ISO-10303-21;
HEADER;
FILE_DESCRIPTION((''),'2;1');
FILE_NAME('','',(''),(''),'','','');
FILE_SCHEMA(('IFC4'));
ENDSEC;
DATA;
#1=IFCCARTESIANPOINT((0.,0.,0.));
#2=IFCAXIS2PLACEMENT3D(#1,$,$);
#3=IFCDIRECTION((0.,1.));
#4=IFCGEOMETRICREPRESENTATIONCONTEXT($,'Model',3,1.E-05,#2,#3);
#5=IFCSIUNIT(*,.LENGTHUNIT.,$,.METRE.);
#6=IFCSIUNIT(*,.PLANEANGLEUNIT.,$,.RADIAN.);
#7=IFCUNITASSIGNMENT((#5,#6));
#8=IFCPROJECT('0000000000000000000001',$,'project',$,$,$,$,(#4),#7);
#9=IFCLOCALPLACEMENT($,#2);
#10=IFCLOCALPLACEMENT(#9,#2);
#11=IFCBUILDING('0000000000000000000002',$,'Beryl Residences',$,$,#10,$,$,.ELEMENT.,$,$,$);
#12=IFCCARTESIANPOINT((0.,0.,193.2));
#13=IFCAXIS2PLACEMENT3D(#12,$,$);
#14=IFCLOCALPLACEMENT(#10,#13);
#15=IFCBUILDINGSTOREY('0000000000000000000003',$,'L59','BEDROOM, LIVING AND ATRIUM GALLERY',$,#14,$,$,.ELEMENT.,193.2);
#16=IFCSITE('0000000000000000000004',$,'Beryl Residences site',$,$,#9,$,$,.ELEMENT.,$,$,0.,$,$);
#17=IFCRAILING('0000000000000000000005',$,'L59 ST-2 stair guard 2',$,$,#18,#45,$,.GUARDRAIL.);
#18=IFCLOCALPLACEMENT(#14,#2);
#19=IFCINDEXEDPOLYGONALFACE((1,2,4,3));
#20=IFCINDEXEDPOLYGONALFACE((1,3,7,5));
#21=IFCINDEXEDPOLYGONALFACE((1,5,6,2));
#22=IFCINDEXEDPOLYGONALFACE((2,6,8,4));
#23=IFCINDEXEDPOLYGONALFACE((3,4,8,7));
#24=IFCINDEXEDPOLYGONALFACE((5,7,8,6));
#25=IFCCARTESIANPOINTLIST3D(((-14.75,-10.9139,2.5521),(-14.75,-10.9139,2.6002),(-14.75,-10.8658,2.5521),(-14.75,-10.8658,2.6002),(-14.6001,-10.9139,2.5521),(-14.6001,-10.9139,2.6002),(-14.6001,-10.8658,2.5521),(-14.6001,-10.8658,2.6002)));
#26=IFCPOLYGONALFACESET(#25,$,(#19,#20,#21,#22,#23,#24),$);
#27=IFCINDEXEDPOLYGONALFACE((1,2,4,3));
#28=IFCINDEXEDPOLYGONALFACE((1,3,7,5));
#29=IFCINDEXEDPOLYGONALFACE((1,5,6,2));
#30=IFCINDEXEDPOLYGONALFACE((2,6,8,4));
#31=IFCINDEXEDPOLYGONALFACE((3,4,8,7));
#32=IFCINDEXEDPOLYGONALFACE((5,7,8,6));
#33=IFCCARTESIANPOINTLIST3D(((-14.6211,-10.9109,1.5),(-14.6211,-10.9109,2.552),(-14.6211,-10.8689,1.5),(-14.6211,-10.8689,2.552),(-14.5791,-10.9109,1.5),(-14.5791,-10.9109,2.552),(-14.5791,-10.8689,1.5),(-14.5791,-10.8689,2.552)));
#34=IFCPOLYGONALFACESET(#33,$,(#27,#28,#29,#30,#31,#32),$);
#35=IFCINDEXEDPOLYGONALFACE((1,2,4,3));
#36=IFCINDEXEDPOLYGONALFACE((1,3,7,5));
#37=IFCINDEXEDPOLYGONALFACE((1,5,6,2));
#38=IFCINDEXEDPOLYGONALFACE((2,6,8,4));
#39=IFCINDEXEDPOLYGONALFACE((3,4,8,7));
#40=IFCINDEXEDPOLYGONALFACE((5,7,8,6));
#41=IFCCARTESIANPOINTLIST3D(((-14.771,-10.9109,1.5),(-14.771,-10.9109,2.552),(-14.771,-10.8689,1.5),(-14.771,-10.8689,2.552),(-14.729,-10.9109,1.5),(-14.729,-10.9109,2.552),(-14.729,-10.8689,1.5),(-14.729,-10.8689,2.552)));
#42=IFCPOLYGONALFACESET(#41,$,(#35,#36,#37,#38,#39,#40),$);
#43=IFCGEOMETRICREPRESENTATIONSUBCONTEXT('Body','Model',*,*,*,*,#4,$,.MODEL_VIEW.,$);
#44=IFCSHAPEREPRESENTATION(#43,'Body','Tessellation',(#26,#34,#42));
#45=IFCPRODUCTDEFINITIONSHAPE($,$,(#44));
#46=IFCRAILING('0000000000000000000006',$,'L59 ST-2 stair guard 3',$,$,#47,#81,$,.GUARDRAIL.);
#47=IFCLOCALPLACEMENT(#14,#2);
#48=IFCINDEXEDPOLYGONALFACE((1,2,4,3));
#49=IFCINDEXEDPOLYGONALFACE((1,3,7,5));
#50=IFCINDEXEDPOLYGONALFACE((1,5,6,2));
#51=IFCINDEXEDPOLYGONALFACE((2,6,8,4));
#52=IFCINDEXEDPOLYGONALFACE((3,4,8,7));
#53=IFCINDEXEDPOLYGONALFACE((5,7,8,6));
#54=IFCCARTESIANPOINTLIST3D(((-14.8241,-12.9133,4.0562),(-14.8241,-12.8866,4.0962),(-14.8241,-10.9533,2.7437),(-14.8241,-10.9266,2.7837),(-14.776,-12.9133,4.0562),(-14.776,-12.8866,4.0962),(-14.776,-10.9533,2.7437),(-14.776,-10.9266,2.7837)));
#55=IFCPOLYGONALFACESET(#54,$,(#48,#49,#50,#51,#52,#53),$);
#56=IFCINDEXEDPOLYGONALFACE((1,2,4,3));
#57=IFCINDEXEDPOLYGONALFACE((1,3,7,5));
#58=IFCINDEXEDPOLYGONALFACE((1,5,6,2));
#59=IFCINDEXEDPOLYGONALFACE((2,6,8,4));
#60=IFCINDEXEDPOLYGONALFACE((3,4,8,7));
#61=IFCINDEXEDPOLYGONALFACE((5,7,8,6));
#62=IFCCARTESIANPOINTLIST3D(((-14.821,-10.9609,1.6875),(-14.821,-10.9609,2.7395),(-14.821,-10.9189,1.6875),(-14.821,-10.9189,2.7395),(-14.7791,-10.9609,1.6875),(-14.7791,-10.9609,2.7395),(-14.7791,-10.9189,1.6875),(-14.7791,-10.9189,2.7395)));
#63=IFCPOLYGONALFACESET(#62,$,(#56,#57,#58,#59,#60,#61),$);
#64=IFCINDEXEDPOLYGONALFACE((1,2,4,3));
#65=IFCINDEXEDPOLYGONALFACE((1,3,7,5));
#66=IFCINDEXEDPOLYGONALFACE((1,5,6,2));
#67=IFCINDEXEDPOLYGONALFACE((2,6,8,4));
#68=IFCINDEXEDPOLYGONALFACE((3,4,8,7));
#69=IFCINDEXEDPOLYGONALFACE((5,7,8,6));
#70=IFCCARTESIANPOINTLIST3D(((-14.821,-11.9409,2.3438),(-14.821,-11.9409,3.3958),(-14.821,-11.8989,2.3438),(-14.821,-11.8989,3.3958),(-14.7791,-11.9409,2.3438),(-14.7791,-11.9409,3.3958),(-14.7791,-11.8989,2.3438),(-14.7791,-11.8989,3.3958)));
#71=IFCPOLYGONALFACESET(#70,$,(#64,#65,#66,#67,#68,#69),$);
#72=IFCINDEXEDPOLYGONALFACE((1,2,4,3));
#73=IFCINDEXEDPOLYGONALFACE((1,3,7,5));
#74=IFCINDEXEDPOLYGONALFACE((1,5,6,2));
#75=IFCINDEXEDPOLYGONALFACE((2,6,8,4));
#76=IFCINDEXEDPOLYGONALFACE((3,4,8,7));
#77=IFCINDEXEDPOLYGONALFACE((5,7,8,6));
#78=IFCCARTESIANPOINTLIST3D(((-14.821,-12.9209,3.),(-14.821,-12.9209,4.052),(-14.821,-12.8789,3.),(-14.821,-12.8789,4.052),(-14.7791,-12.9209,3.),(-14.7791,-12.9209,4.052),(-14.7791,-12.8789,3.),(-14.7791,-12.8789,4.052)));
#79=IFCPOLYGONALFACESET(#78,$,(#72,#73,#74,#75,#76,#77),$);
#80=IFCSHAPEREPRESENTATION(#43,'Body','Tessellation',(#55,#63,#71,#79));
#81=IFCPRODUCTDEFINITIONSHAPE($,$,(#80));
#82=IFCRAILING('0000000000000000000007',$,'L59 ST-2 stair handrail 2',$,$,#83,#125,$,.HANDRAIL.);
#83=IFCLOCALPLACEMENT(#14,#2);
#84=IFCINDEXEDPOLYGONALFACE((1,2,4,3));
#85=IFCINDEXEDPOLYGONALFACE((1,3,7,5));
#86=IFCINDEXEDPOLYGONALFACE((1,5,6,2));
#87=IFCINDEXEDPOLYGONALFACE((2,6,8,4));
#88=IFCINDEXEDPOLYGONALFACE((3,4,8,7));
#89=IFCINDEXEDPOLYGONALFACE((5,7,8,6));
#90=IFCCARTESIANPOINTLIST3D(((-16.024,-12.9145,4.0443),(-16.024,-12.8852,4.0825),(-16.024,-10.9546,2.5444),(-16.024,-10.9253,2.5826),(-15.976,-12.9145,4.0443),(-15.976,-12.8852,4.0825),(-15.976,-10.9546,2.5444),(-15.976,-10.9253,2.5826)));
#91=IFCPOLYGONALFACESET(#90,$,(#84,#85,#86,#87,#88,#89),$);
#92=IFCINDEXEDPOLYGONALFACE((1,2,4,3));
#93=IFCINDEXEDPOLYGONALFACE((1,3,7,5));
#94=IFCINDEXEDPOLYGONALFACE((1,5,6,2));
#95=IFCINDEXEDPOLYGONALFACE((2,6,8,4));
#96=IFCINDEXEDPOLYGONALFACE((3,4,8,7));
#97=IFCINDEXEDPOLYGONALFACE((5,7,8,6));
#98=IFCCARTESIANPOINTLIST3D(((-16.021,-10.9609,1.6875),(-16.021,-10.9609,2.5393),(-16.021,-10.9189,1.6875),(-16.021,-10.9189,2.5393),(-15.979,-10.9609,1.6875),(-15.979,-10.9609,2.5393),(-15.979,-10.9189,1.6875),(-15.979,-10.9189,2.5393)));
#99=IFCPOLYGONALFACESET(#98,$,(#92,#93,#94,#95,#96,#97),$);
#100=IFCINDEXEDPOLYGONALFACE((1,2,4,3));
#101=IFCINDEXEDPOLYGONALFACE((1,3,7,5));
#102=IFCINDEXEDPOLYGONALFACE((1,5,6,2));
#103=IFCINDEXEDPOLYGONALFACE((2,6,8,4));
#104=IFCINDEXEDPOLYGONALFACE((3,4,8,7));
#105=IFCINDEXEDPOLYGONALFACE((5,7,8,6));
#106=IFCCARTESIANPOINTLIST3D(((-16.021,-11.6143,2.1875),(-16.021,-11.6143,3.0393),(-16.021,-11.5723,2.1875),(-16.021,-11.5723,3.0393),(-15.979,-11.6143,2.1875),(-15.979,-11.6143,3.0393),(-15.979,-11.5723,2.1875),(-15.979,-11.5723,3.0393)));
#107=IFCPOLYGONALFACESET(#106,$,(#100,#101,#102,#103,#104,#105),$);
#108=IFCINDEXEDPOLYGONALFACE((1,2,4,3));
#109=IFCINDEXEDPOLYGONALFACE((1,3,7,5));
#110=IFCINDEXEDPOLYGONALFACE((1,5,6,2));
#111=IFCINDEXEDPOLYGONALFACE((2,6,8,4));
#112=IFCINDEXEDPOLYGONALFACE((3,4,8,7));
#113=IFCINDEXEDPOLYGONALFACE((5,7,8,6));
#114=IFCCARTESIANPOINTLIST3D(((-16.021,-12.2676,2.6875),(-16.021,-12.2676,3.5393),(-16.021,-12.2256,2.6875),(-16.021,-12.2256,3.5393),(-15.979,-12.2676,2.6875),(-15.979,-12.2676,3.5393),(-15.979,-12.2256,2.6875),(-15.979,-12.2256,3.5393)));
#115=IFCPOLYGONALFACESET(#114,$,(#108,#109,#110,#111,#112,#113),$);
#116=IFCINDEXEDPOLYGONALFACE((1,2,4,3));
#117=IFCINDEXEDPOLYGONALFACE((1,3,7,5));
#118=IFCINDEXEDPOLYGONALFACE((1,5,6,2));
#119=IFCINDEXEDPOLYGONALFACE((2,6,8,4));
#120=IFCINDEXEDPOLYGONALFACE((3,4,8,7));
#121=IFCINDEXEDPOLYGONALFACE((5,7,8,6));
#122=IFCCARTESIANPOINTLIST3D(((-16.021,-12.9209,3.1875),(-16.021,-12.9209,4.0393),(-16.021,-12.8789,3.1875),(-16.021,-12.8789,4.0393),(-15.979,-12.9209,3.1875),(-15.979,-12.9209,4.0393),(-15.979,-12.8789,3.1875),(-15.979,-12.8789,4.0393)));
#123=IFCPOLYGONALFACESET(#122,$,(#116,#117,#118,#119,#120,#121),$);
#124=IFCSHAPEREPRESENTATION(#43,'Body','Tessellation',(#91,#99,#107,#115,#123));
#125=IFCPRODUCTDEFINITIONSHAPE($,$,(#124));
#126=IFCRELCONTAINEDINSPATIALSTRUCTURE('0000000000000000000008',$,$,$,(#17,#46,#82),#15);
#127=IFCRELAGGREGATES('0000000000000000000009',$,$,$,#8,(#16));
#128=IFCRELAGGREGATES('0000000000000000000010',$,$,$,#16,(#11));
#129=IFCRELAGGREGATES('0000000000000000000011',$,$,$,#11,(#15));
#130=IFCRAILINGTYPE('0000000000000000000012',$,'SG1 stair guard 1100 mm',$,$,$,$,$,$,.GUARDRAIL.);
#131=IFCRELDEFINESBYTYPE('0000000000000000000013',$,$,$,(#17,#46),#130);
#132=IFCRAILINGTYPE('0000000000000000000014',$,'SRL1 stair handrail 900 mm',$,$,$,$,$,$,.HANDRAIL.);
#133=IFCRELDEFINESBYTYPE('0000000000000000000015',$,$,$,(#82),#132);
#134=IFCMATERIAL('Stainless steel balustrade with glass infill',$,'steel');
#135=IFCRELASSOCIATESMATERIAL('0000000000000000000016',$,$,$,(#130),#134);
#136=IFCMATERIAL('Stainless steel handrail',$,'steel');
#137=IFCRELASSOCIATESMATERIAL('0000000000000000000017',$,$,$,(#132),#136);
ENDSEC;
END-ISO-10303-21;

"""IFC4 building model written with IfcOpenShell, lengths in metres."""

from ifc_helpers import new_model, si_unit, direction, frame, origin, origin_2d, place, context, subcontext, project, spatial, rectangle, extrude, material, type_object, element, save


model = new_model("IFC4")

# Units and contexts
model_context = context("Model", 3, precision=1e-05, world=origin(), true_north=direction((0.0, 1.0)))
body_context = subcontext(model_context, "Body", "Model", "MODEL_VIEW")
ifc_project = project(units=[si_unit("LENGTHUNIT", "METRE"), si_unit("PLANEANGLEUNIT", "RADIAN")], contexts=[model_context])

# Site, building, storey
site_placement = place(None, origin())
site = spatial("IfcSite", under=ifc_project, at=site_placement, Name="Beryl Residences site", CompositionType="ELEMENT", RefElevation=0.0)
building_placement = place(site_placement, origin())
building = spatial("IfcBuilding", under=site, at=building_placement, Name="Beryl Residences", CompositionType="ELEMENT")
storey_placement = place(building_placement, frame((0.0, 0.0, 193.2)))
storey = spatial("IfcBuildingStorey", under=building, at=storey_placement, Name="L59", Description="BEDROOM, LIVING AND ATRIUM GALLERY", CompositionType="ELEMENT", Elevation=193.2)

# Railings
ifc_material_1 = material(Name="Stainless steel balustrade with glass infill", Category="steel")
railing_type_1 = type_object("IfcRailingType", Name="SG1 stair guard 1100 mm", PredefinedType="GUARDRAIL", material=ifc_material_1)
railing_1_placement = place(storey_placement, frame((-14.6001, -10.8899, 1.5)))
element("IfcRailing", 1, at=railing_1_placement, inside=storey, type_object=railing_type_1, Name="L59 ST-2 stair guard 2", PredefinedType="GUARDRAIL", context=body_context, shape_type="SweptSolid", body=[
    extrude(rectangle(XDim=0.0481, YDim=0.0481, at=origin_2d()), frame((0.0, 0.0, 1.0762), z_axis=(-1.0, 0.0, 0.0), x_axis=(0.0, -1.0, 0.0)), (0.0, 0.0, 1.0), 0.1499),
    extrude(rectangle(XDim=0.042, YDim=0.042, at=origin_2d()), origin(), (0.0, 0.0, 1.0), 1.052),
    extrude(rectangle(XDim=0.042, YDim=0.042, at=origin_2d()), frame((-0.1499, 0.0, 0.0)), (0.0, 0.0, 1.0), 1.052),
])
railing_2_placement = place(storey_placement, frame((-14.8, -10.9399, 1.6875)))
element("IfcRailing", 2, at=railing_2_placement, inside=storey, type_object=railing_type_1, Name="L59 ST-2 stair guard 3", PredefinedType="GUARDRAIL", context=body_context, shape_type="SweptSolid", body=[
    extrude(rectangle(XDim=0.0481, YDim=0.0481, at=origin_2d()), frame((0.0, 0.0, 1.0762), z_axis=(0.0, -0.830902, 0.556419), x_axis=(1.0, 0.0, 0.0)), (0.0, 0.0, 1.0), 2.3589),
    extrude(rectangle(XDim=0.042, YDim=0.042, at=origin_2d()), origin(), (0.0, 0.0, 1.0), 1.052),
    extrude(rectangle(XDim=0.042, YDim=0.042, at=origin_2d()), frame((0.0, -0.98, 0.6562)), (0.0, 0.0, 1.0), 1.052),
    extrude(rectangle(XDim=0.042, YDim=0.042, at=origin_2d()), frame((0.0, -1.96, 1.3125)), (0.0, 0.0, 1.0), 1.052),
])
ifc_material_2 = material(Name="Stainless steel handrail", Category="steel")
railing_type_2 = type_object("IfcRailingType", Name="SRL1 stair handrail 900 mm", PredefinedType="HANDRAIL", material=ifc_material_2)
railing_3_placement = place(storey_placement, frame((-16.0, -10.9399, 1.6875)))
element("IfcRailing", 3, at=railing_3_placement, inside=storey, type_object=railing_type_2, Name="L59 ST-2 stair handrail 2", PredefinedType="HANDRAIL", context=body_context, shape_type="SweptSolid", body=[
    extrude(rectangle(XDim=0.0481, YDim=0.0481, at=origin_2d()), frame((0.0, 0.0, 0.876), z_axis=(0.0, -0.794122, 0.607758), x_axis=(1.0, 0.0, 0.0)), (0.0, 0.0, 1.0), 2.468),
    extrude(rectangle(XDim=0.042, YDim=0.042, at=origin_2d()), origin(), (0.0, 0.0, 1.0), 0.8518),
    extrude(rectangle(XDim=0.042, YDim=0.042, at=origin_2d()), frame((0.0, -0.6533, 0.5)), (0.0, 0.0, 1.0), 0.8518),
    extrude(rectangle(XDim=0.042, YDim=0.042, at=origin_2d()), frame((0.0, -1.3066, 1.0)), (0.0, 0.0, 1.0), 0.8518),
    extrude(rectangle(XDim=0.042, YDim=0.042, at=origin_2d()), frame((0.0, -1.96, 1.5)), (0.0, 0.0, 1.0), 0.8518),
])

save(model, "model.ifc")
